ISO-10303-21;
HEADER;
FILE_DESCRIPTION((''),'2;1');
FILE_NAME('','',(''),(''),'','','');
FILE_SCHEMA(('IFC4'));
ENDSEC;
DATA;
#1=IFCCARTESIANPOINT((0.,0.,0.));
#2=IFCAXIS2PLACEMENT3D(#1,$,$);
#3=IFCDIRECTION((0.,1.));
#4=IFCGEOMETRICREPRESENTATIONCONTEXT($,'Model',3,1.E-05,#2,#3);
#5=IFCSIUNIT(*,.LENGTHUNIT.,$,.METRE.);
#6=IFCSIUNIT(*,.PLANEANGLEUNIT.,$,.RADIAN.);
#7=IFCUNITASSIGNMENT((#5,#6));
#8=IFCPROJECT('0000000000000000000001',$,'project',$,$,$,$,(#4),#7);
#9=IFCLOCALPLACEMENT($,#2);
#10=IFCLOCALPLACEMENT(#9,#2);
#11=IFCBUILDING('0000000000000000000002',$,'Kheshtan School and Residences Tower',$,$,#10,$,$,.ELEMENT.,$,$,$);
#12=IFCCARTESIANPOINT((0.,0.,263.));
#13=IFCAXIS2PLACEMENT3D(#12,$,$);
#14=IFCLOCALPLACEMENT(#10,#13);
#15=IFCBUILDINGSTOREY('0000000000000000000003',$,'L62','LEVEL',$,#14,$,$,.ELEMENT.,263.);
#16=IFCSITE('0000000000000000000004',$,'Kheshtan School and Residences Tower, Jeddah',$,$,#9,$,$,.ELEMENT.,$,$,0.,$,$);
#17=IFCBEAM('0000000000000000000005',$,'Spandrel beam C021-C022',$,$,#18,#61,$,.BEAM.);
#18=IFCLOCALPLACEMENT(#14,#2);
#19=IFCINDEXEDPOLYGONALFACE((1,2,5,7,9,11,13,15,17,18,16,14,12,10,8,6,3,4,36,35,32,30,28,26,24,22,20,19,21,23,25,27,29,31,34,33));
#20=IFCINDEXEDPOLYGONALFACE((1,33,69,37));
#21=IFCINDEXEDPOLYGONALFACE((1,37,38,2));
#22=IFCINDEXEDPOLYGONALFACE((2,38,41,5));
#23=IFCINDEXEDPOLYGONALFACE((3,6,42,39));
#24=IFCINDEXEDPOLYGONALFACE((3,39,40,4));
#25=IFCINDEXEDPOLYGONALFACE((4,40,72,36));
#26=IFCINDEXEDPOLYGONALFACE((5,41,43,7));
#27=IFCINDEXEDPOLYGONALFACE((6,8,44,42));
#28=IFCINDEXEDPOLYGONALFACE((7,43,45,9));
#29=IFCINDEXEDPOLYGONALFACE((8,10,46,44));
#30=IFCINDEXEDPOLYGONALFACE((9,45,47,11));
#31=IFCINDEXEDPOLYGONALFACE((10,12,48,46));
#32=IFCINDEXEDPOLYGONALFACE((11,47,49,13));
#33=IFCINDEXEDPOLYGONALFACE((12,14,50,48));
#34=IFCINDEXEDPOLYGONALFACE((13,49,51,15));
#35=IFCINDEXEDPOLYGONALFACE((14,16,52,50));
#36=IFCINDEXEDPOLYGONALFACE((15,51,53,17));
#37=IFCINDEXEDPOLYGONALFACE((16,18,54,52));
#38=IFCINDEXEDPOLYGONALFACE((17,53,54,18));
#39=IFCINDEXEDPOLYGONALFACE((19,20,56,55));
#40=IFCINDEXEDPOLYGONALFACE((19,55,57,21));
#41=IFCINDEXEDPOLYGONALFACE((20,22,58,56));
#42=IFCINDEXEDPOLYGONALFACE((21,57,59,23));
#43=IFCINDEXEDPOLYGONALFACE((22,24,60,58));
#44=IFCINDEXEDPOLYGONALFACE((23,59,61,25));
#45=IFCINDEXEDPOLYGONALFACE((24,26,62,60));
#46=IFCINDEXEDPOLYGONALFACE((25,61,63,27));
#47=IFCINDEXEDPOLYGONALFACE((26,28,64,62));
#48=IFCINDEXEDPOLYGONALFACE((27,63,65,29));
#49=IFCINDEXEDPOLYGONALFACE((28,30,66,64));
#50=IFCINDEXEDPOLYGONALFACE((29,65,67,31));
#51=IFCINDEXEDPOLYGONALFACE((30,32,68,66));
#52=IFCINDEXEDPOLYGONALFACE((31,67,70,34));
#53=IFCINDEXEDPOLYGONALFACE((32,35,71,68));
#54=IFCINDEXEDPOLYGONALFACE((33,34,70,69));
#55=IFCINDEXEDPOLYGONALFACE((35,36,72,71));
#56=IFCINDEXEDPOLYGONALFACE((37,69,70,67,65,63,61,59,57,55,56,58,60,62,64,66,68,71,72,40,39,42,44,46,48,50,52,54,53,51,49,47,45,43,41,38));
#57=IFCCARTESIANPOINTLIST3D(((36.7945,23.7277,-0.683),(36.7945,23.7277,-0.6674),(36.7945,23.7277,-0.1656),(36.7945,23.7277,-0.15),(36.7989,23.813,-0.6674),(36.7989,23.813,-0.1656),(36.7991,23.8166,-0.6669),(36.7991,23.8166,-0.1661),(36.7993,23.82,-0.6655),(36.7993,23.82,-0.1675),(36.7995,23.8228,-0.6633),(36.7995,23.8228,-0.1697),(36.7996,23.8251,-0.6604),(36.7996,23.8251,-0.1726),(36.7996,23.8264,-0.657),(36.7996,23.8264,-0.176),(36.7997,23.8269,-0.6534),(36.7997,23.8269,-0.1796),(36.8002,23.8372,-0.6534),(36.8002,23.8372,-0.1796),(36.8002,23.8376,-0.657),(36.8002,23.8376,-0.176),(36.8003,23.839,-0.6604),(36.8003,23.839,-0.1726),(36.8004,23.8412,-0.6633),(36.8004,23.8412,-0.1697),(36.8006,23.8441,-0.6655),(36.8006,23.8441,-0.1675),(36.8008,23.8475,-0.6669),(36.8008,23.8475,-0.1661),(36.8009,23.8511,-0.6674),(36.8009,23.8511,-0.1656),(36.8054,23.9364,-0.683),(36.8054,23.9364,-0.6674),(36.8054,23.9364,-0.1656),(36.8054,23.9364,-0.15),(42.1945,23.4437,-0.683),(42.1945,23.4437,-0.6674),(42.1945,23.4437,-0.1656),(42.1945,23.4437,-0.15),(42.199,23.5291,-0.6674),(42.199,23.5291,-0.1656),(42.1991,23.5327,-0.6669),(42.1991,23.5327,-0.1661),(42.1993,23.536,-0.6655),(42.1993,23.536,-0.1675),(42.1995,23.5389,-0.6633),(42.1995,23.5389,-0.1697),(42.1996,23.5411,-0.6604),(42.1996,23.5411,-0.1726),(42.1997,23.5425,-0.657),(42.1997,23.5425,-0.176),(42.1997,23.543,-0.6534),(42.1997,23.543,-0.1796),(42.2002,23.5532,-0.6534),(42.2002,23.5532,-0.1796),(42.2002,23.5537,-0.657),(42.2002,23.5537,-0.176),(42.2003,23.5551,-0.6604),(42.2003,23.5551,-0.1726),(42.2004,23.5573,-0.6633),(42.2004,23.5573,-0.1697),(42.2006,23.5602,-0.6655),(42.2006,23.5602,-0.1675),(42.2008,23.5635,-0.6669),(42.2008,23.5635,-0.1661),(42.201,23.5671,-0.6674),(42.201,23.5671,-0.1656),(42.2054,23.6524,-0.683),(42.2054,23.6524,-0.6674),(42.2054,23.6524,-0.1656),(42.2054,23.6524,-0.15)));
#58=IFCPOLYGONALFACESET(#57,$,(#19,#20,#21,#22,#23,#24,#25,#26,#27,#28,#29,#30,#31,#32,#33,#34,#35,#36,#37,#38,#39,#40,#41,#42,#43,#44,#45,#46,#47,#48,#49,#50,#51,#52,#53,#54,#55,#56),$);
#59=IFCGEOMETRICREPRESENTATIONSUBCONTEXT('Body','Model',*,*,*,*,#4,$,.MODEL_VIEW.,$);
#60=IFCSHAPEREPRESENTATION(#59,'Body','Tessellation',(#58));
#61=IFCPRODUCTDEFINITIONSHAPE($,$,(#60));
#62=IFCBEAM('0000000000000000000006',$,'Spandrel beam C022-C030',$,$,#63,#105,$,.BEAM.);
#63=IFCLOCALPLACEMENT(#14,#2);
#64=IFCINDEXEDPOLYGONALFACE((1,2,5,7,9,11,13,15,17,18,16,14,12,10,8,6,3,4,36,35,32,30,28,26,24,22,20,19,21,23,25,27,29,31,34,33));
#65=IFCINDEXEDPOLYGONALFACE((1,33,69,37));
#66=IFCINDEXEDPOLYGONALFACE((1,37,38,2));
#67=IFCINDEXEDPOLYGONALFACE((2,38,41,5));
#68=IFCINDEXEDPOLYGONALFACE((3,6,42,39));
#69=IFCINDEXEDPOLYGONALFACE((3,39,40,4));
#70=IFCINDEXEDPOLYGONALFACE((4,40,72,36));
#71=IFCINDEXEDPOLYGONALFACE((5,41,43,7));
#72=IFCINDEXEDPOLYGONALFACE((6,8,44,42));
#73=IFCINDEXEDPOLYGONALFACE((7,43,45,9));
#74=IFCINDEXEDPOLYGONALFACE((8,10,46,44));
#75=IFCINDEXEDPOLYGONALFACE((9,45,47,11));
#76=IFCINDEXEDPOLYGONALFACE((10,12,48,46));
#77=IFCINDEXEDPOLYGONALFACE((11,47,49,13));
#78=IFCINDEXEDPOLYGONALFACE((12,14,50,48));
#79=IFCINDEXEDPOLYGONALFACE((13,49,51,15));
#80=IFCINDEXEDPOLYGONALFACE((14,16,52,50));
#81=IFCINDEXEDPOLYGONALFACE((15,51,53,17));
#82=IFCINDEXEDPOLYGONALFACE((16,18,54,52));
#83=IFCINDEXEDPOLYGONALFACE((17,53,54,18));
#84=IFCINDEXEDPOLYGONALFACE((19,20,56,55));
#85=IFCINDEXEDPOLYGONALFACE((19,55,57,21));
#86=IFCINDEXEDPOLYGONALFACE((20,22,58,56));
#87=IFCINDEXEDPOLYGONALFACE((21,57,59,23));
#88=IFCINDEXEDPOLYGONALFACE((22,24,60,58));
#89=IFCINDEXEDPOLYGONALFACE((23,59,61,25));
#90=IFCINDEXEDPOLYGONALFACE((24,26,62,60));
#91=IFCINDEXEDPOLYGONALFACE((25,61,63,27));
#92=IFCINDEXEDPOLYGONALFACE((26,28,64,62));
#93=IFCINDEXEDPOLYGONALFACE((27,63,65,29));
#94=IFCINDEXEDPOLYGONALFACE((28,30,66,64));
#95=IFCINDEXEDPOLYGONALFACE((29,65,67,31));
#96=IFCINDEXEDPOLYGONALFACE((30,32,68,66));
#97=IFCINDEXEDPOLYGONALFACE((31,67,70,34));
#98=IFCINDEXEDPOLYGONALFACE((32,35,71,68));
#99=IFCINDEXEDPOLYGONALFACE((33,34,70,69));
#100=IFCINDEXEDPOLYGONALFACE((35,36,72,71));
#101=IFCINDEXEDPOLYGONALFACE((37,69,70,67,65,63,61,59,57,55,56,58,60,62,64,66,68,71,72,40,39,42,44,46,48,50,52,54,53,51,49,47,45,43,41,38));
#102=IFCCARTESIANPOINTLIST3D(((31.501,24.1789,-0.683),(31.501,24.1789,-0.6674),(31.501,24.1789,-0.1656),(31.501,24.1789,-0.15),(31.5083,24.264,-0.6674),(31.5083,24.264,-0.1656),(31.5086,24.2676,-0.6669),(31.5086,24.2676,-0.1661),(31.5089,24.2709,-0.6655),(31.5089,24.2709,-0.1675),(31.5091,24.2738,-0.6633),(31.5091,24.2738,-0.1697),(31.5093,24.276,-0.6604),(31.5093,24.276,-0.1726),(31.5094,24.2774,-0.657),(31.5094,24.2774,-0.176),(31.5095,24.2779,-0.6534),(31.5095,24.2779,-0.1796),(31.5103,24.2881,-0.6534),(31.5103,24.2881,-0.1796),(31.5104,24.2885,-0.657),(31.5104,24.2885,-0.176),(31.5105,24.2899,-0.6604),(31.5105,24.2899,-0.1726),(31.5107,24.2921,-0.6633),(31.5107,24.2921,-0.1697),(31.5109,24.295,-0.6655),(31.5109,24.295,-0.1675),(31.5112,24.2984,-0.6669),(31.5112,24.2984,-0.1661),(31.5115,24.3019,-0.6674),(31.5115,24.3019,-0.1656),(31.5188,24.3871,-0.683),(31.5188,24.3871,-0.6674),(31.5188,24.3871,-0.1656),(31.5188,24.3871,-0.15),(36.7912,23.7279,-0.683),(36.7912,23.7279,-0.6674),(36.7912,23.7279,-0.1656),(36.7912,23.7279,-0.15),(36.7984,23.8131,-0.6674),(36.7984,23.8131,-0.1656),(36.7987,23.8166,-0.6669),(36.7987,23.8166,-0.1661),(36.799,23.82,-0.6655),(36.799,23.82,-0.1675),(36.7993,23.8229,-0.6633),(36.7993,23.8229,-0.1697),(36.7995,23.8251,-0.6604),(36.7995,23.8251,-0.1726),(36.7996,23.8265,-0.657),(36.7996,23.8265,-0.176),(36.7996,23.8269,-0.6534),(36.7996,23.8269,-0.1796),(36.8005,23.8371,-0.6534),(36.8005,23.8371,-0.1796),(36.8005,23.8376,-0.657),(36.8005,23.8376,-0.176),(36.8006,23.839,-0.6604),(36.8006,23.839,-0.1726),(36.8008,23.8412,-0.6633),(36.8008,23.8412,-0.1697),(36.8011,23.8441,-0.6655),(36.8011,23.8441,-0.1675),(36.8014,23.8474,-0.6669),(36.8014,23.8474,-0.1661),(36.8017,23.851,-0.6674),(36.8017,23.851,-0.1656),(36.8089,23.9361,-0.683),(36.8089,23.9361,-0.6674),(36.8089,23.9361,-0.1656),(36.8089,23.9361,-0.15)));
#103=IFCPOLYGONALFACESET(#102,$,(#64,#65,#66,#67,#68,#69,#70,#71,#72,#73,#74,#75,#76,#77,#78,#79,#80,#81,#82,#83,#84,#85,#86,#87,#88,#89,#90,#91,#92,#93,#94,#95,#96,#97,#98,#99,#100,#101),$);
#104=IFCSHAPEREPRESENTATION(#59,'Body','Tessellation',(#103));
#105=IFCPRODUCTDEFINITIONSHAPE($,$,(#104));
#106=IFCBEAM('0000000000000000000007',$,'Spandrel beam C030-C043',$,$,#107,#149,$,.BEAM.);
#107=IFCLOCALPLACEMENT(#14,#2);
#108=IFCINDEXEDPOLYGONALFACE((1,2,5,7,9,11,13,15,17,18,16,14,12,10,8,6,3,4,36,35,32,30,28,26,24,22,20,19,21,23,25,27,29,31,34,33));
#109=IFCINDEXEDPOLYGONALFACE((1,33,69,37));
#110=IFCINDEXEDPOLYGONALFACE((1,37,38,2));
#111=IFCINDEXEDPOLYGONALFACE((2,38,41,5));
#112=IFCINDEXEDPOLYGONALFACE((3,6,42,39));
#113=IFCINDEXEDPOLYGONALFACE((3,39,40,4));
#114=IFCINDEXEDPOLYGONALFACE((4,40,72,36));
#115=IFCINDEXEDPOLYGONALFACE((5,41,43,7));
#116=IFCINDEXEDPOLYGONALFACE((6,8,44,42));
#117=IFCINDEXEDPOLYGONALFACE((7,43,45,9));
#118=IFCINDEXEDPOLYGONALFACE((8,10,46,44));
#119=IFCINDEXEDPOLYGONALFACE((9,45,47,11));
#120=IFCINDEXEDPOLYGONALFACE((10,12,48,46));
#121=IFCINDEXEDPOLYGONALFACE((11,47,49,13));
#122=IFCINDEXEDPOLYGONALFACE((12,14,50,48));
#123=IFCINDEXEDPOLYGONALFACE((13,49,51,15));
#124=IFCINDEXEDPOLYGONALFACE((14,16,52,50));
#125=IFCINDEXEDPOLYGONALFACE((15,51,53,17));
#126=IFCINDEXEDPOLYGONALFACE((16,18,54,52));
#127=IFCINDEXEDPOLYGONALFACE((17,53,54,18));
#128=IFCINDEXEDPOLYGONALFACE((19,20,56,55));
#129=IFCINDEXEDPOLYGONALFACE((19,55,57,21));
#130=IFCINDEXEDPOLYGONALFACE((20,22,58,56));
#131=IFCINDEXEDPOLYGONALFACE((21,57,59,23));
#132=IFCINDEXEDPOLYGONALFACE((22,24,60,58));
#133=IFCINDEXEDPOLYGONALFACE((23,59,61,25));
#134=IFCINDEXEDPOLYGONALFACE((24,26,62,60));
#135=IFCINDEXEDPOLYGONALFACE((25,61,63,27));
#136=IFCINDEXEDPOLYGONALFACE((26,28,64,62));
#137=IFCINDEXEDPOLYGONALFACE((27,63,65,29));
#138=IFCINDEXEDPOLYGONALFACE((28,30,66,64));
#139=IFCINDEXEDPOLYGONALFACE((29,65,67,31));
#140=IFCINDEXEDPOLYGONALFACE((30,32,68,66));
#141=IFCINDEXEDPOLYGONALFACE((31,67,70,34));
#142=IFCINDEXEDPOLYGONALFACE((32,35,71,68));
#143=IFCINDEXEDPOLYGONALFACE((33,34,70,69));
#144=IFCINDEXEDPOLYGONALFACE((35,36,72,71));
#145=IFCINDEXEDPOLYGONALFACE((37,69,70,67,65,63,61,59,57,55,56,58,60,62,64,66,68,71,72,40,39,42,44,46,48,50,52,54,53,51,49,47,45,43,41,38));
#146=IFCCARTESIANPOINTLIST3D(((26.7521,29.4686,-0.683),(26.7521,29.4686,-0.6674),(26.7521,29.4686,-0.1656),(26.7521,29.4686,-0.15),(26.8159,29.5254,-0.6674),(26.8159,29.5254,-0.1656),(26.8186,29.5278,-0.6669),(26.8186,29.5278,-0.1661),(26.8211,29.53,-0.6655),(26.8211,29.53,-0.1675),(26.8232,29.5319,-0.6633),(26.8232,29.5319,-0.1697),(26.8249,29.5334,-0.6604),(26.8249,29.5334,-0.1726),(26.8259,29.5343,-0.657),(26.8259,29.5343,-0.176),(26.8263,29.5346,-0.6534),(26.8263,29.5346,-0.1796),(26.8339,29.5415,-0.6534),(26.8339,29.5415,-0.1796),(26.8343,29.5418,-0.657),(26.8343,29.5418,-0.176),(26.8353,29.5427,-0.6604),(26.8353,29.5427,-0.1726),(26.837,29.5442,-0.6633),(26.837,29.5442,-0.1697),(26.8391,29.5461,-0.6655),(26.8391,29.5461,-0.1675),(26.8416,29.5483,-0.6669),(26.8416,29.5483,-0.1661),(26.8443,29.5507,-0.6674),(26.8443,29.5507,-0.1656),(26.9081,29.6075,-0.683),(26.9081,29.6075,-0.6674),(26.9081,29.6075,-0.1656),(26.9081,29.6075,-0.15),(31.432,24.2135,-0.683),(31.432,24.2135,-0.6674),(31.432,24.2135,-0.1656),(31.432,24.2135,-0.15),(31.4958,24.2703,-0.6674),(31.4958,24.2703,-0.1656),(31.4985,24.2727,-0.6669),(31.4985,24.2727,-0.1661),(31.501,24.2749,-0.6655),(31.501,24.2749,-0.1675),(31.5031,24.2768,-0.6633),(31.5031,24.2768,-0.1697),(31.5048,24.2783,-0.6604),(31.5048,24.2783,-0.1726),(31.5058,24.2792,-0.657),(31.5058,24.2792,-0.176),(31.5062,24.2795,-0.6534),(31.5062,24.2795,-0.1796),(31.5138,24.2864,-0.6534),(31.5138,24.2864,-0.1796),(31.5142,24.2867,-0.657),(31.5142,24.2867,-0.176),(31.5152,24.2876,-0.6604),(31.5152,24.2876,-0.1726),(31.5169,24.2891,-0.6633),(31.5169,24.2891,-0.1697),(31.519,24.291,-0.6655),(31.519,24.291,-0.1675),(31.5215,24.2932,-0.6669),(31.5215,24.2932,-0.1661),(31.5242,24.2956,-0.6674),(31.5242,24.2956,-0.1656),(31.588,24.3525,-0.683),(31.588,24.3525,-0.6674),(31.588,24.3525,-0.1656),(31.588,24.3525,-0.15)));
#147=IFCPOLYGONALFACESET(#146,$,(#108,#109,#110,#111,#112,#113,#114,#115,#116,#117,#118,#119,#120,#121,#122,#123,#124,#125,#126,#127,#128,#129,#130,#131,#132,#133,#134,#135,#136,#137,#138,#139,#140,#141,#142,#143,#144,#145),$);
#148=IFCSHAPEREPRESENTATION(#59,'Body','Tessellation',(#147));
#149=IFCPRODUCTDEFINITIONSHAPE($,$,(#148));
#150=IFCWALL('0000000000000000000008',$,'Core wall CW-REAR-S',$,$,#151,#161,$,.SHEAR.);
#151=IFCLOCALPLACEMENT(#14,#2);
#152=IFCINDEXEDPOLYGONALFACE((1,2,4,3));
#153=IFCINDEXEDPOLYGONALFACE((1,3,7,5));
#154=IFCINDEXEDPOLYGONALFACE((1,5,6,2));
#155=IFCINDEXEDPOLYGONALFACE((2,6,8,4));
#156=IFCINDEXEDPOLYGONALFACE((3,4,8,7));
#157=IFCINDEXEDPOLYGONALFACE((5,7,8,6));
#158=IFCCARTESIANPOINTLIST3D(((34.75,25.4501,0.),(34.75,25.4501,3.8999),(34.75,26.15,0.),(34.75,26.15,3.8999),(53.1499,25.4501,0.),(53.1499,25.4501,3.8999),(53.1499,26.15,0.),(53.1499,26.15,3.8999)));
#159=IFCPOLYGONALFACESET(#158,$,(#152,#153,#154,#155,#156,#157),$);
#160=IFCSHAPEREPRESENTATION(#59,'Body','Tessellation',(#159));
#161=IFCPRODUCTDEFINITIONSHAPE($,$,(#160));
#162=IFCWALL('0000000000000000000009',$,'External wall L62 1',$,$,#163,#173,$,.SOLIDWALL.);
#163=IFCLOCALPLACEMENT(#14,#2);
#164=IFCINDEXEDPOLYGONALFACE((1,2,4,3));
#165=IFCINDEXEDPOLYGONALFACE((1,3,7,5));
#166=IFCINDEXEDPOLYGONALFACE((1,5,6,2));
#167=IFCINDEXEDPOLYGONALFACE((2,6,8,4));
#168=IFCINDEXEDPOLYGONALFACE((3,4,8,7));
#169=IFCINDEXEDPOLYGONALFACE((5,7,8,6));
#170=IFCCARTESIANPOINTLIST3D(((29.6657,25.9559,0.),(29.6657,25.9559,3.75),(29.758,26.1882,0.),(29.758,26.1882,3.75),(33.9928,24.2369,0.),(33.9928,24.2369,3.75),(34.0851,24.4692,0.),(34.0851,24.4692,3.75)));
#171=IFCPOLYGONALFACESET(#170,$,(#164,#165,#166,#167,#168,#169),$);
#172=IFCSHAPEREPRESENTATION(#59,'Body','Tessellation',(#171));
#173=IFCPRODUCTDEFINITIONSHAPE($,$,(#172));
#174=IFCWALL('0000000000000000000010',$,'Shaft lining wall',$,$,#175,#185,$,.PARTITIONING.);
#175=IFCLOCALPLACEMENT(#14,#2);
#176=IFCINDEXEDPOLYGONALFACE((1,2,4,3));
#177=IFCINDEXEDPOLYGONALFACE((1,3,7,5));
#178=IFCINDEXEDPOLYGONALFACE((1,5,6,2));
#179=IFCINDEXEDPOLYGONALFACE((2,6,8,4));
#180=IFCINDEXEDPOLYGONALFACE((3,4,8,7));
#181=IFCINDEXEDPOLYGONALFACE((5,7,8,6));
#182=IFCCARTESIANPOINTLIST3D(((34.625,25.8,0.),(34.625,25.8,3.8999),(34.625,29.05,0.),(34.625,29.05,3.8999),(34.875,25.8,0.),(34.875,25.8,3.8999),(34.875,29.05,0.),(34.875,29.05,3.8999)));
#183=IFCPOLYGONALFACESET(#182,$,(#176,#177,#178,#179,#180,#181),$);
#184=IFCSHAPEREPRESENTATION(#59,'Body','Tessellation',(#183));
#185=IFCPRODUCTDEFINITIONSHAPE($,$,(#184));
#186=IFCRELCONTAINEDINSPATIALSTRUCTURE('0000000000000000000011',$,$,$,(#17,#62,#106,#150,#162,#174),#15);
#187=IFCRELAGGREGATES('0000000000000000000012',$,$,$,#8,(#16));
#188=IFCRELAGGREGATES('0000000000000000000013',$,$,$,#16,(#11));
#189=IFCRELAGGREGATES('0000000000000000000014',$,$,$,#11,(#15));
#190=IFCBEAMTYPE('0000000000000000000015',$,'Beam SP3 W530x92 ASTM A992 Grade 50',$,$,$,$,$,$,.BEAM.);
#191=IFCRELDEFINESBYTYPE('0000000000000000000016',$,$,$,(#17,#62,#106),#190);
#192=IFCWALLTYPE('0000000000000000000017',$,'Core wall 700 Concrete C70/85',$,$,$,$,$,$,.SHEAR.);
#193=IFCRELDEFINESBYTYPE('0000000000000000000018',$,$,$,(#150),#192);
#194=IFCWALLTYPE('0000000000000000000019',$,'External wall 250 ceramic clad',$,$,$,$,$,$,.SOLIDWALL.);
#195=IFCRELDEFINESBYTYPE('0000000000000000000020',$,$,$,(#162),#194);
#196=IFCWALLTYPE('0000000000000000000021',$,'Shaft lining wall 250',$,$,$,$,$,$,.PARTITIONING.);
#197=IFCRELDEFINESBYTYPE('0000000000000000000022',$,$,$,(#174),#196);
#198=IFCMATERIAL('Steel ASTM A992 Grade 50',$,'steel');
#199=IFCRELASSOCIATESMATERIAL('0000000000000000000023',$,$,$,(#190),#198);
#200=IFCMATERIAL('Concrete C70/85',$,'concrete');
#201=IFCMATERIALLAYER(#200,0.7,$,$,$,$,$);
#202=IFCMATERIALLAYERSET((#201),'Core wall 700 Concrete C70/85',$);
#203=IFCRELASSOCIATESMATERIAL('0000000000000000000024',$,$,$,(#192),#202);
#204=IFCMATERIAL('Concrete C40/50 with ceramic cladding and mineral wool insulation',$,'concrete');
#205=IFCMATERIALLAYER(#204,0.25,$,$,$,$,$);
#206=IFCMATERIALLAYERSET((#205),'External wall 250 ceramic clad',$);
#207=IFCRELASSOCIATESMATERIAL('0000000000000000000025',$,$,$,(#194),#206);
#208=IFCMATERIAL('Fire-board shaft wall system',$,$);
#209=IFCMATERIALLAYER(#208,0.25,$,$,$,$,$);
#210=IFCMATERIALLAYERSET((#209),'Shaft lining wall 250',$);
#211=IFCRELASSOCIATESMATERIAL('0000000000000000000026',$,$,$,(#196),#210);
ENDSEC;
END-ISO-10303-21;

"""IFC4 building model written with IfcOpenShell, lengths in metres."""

from ifc_helpers import new_model, si_unit, direction, frame, frame_2d, origin, origin_2d, place, context, subcontext, project, spatial, rectangle, i_section, extrude, material, layer, layer_set, material_profile, profile_set, type_object, element, save


model = new_model("IFC4")

# Units and contexts
model_context = context("Model", 3, precision=1e-05, world=origin(), true_north=direction((0.0, 1.0)))
body_context = subcontext(model_context, "Body", "Model", "MODEL_VIEW")
ifc_project = project(units=[si_unit("LENGTHUNIT", "METRE"), si_unit("PLANEANGLEUNIT", "RADIAN")], contexts=[model_context])

# Site, building, storey
site_placement = place(None, origin())
site = spatial("IfcSite", under=ifc_project, at=site_placement, Name="Kheshtan School and Residences Tower, Jeddah", CompositionType="ELEMENT", RefElevation=0.0)
building_placement = place(site_placement, origin())
building = spatial("IfcBuilding", under=site, at=building_placement, Name="Kheshtan School and Residences Tower", CompositionType="ELEMENT")
storey_placement = place(building_placement, frame((0.0, 0.0, 263.0)))
storey = spatial("IfcBuildingStorey", under=building, at=storey_placement, Name="L62", Description="LEVEL", CompositionType="ELEMENT", Elevation=263.0)

# Shared definitions
ifc_material_1 = material(Name="Steel ASTM A992 Grade 50", Category="steel")

# Beams
ifc_material_profile_1 = material_profile(ifc_material_1, i_section(OverallWidth=0.209, OverallDepth=0.533, WebThickness=0.0103, FlangeThickness=0.0156, FilletRadius=0.0139, at=origin_2d()), Name="W530x92")
ifc_profile_set_1 = profile_set([ifc_material_profile_1], Name="Steel ASTM A992 Grade 50")
beam_type_1 = type_object("IfcBeamType", Name="Beam SP3 W530x92 ASTM A992 Grade 50", PredefinedType="BEAM", material=ifc_profile_set_1)
beam_1_placement = place(storey_placement, frame((42.2, 23.5481, -0.4165), z_axis=(-0.99862, 0.052509, 0.0), x_axis=(-0.052509, -0.99862, 0.0)))
element("IfcBeam", 1, at=beam_1_placement, inside=storey, type_object=beam_type_1, Name="Spandrel beam C021-C022", PredefinedType="BEAM", context=body_context, shape_type="SweptSolid", body=[
    extrude(i_section(OverallWidth=0.209, OverallDepth=0.533, WebThickness=0.0103, FlangeThickness=0.0156, FilletRadius=0.0139, at=origin_2d()), origin(), (0.0, 0.0, 1.0), 5.4075),
])
beam_2_placement = place(storey_placement, frame((36.8, 23.832, -0.4165), z_axis=(-0.996387, 0.084933, 0.0), x_axis=(-0.084933, -0.996387, 0.0)))
element("IfcBeam", 2, at=beam_2_placement, inside=storey, type_object=beam_type_1, Name="Spandrel beam C022-C030", PredefinedType="BEAM", context=body_context, shape_type="SweptSolid", body=[
    extrude(i_section(OverallWidth=0.209, OverallDepth=0.533, WebThickness=0.0103, FlangeThickness=0.0156, FilletRadius=0.0139, at=origin_2d()), origin(), (0.0, 0.0, 1.0), 5.3093),
])
beam_3_placement = place(storey_placement, frame((31.51, 24.283, -0.4165), z_axis=(-0.665055, 0.746795, 0.0), x_axis=(-0.746795, -0.665055, 0.0)))
element("IfcBeam", 3, at=beam_3_placement, inside=storey, type_object=beam_type_1, Name="Spandrel beam C030-C043", PredefinedType="BEAM", context=body_context, shape_type="SweptSolid", body=[
    extrude(i_section(OverallWidth=0.209, OverallDepth=0.533, WebThickness=0.0103, FlangeThickness=0.0156, FilletRadius=0.0139, at=origin_2d()), origin(), (0.0, 0.0, 1.0), 7.0369),
])

# Walls
ifc_material_2 = material(Name="Concrete C70/85", Category="concrete")
ifc_layer_1 = layer(ifc_material_2, 0.7)
ifc_layer_set_1 = layer_set([ifc_layer_1], Name="Core wall 700 Concrete C70/85")
wall_type_1 = type_object("IfcWallType", Name="Core wall 700 Concrete C70/85", PredefinedType="SHEAR", material=ifc_layer_set_1)
wall_1_placement = place(storey_placement, frame((34.75, 25.8, 0.0), z_axis=(0.0, 0.0, 1.0), x_axis=(1.0, 0.0, 0.0)))
element("IfcWall", 4, at=wall_1_placement, inside=storey, type_object=wall_type_1, Name="Core wall CW-REAR-S", PredefinedType="SHEAR", context=body_context, shape_type="SweptSolid", body=[
    extrude(rectangle(XDim=18.3999, YDim=0.7, at=frame_2d((9.2, 0.0))), origin(), (0.0, 0.0, 1.0), 3.8999),
])
ifc_material_3 = material(Name="Concrete C40/50 with ceramic cladding and mineral wool insulation", Category="concrete")
ifc_layer_2 = layer(ifc_material_3, 0.25)
ifc_layer_set_2 = layer_set([ifc_layer_2], Name="External wall 250 ceramic clad")
wall_type_2 = type_object("IfcWallType", Name="External wall 250 ceramic clad", PredefinedType="SOLIDWALL", material=ifc_layer_set_2)
wall_2_placement = place(storey_placement, frame((34.0391, 24.353, 0.0), z_axis=(0.0, 0.0, 1.0), x_axis=(-0.929353, 0.369193, 0.0)))
element("IfcWall", 5, at=wall_2_placement, inside=storey, type_object=wall_type_2, Name="External wall L62 1", PredefinedType="SOLIDWALL", context=body_context, shape_type="SweptSolid", body=[
    extrude(rectangle(XDim=4.656, YDim=0.25, at=frame_2d((2.3281, 0.0))), origin(), (0.0, 0.0, 1.0), 3.75),
])
ifc_material_4 = material(Name="Fire-board shaft wall system")
ifc_layer_3 = layer(ifc_material_4, 0.25)
ifc_layer_set_3 = layer_set([ifc_layer_3], Name="Shaft lining wall 250")
wall_type_3 = type_object("IfcWallType", Name="Shaft lining wall 250", PredefinedType="PARTITIONING", material=ifc_layer_set_3)
wall_3_placement = place(storey_placement, frame((34.75, 25.8, 0.0), z_axis=(0.0, 0.0, 1.0), x_axis=(0.0, 1.0, 0.0)))
element("IfcWall", 6, at=wall_3_placement, inside=storey, type_object=wall_type_3, Name="Shaft lining wall", PredefinedType="PARTITIONING", context=body_context, shape_type="SweptSolid", body=[
    extrude(rectangle(XDim=3.25, YDim=0.25, at=frame_2d((1.625, 0.0))), origin(), (0.0, 0.0, 1.0), 3.8999),
])

save(model, "model.ifc")
